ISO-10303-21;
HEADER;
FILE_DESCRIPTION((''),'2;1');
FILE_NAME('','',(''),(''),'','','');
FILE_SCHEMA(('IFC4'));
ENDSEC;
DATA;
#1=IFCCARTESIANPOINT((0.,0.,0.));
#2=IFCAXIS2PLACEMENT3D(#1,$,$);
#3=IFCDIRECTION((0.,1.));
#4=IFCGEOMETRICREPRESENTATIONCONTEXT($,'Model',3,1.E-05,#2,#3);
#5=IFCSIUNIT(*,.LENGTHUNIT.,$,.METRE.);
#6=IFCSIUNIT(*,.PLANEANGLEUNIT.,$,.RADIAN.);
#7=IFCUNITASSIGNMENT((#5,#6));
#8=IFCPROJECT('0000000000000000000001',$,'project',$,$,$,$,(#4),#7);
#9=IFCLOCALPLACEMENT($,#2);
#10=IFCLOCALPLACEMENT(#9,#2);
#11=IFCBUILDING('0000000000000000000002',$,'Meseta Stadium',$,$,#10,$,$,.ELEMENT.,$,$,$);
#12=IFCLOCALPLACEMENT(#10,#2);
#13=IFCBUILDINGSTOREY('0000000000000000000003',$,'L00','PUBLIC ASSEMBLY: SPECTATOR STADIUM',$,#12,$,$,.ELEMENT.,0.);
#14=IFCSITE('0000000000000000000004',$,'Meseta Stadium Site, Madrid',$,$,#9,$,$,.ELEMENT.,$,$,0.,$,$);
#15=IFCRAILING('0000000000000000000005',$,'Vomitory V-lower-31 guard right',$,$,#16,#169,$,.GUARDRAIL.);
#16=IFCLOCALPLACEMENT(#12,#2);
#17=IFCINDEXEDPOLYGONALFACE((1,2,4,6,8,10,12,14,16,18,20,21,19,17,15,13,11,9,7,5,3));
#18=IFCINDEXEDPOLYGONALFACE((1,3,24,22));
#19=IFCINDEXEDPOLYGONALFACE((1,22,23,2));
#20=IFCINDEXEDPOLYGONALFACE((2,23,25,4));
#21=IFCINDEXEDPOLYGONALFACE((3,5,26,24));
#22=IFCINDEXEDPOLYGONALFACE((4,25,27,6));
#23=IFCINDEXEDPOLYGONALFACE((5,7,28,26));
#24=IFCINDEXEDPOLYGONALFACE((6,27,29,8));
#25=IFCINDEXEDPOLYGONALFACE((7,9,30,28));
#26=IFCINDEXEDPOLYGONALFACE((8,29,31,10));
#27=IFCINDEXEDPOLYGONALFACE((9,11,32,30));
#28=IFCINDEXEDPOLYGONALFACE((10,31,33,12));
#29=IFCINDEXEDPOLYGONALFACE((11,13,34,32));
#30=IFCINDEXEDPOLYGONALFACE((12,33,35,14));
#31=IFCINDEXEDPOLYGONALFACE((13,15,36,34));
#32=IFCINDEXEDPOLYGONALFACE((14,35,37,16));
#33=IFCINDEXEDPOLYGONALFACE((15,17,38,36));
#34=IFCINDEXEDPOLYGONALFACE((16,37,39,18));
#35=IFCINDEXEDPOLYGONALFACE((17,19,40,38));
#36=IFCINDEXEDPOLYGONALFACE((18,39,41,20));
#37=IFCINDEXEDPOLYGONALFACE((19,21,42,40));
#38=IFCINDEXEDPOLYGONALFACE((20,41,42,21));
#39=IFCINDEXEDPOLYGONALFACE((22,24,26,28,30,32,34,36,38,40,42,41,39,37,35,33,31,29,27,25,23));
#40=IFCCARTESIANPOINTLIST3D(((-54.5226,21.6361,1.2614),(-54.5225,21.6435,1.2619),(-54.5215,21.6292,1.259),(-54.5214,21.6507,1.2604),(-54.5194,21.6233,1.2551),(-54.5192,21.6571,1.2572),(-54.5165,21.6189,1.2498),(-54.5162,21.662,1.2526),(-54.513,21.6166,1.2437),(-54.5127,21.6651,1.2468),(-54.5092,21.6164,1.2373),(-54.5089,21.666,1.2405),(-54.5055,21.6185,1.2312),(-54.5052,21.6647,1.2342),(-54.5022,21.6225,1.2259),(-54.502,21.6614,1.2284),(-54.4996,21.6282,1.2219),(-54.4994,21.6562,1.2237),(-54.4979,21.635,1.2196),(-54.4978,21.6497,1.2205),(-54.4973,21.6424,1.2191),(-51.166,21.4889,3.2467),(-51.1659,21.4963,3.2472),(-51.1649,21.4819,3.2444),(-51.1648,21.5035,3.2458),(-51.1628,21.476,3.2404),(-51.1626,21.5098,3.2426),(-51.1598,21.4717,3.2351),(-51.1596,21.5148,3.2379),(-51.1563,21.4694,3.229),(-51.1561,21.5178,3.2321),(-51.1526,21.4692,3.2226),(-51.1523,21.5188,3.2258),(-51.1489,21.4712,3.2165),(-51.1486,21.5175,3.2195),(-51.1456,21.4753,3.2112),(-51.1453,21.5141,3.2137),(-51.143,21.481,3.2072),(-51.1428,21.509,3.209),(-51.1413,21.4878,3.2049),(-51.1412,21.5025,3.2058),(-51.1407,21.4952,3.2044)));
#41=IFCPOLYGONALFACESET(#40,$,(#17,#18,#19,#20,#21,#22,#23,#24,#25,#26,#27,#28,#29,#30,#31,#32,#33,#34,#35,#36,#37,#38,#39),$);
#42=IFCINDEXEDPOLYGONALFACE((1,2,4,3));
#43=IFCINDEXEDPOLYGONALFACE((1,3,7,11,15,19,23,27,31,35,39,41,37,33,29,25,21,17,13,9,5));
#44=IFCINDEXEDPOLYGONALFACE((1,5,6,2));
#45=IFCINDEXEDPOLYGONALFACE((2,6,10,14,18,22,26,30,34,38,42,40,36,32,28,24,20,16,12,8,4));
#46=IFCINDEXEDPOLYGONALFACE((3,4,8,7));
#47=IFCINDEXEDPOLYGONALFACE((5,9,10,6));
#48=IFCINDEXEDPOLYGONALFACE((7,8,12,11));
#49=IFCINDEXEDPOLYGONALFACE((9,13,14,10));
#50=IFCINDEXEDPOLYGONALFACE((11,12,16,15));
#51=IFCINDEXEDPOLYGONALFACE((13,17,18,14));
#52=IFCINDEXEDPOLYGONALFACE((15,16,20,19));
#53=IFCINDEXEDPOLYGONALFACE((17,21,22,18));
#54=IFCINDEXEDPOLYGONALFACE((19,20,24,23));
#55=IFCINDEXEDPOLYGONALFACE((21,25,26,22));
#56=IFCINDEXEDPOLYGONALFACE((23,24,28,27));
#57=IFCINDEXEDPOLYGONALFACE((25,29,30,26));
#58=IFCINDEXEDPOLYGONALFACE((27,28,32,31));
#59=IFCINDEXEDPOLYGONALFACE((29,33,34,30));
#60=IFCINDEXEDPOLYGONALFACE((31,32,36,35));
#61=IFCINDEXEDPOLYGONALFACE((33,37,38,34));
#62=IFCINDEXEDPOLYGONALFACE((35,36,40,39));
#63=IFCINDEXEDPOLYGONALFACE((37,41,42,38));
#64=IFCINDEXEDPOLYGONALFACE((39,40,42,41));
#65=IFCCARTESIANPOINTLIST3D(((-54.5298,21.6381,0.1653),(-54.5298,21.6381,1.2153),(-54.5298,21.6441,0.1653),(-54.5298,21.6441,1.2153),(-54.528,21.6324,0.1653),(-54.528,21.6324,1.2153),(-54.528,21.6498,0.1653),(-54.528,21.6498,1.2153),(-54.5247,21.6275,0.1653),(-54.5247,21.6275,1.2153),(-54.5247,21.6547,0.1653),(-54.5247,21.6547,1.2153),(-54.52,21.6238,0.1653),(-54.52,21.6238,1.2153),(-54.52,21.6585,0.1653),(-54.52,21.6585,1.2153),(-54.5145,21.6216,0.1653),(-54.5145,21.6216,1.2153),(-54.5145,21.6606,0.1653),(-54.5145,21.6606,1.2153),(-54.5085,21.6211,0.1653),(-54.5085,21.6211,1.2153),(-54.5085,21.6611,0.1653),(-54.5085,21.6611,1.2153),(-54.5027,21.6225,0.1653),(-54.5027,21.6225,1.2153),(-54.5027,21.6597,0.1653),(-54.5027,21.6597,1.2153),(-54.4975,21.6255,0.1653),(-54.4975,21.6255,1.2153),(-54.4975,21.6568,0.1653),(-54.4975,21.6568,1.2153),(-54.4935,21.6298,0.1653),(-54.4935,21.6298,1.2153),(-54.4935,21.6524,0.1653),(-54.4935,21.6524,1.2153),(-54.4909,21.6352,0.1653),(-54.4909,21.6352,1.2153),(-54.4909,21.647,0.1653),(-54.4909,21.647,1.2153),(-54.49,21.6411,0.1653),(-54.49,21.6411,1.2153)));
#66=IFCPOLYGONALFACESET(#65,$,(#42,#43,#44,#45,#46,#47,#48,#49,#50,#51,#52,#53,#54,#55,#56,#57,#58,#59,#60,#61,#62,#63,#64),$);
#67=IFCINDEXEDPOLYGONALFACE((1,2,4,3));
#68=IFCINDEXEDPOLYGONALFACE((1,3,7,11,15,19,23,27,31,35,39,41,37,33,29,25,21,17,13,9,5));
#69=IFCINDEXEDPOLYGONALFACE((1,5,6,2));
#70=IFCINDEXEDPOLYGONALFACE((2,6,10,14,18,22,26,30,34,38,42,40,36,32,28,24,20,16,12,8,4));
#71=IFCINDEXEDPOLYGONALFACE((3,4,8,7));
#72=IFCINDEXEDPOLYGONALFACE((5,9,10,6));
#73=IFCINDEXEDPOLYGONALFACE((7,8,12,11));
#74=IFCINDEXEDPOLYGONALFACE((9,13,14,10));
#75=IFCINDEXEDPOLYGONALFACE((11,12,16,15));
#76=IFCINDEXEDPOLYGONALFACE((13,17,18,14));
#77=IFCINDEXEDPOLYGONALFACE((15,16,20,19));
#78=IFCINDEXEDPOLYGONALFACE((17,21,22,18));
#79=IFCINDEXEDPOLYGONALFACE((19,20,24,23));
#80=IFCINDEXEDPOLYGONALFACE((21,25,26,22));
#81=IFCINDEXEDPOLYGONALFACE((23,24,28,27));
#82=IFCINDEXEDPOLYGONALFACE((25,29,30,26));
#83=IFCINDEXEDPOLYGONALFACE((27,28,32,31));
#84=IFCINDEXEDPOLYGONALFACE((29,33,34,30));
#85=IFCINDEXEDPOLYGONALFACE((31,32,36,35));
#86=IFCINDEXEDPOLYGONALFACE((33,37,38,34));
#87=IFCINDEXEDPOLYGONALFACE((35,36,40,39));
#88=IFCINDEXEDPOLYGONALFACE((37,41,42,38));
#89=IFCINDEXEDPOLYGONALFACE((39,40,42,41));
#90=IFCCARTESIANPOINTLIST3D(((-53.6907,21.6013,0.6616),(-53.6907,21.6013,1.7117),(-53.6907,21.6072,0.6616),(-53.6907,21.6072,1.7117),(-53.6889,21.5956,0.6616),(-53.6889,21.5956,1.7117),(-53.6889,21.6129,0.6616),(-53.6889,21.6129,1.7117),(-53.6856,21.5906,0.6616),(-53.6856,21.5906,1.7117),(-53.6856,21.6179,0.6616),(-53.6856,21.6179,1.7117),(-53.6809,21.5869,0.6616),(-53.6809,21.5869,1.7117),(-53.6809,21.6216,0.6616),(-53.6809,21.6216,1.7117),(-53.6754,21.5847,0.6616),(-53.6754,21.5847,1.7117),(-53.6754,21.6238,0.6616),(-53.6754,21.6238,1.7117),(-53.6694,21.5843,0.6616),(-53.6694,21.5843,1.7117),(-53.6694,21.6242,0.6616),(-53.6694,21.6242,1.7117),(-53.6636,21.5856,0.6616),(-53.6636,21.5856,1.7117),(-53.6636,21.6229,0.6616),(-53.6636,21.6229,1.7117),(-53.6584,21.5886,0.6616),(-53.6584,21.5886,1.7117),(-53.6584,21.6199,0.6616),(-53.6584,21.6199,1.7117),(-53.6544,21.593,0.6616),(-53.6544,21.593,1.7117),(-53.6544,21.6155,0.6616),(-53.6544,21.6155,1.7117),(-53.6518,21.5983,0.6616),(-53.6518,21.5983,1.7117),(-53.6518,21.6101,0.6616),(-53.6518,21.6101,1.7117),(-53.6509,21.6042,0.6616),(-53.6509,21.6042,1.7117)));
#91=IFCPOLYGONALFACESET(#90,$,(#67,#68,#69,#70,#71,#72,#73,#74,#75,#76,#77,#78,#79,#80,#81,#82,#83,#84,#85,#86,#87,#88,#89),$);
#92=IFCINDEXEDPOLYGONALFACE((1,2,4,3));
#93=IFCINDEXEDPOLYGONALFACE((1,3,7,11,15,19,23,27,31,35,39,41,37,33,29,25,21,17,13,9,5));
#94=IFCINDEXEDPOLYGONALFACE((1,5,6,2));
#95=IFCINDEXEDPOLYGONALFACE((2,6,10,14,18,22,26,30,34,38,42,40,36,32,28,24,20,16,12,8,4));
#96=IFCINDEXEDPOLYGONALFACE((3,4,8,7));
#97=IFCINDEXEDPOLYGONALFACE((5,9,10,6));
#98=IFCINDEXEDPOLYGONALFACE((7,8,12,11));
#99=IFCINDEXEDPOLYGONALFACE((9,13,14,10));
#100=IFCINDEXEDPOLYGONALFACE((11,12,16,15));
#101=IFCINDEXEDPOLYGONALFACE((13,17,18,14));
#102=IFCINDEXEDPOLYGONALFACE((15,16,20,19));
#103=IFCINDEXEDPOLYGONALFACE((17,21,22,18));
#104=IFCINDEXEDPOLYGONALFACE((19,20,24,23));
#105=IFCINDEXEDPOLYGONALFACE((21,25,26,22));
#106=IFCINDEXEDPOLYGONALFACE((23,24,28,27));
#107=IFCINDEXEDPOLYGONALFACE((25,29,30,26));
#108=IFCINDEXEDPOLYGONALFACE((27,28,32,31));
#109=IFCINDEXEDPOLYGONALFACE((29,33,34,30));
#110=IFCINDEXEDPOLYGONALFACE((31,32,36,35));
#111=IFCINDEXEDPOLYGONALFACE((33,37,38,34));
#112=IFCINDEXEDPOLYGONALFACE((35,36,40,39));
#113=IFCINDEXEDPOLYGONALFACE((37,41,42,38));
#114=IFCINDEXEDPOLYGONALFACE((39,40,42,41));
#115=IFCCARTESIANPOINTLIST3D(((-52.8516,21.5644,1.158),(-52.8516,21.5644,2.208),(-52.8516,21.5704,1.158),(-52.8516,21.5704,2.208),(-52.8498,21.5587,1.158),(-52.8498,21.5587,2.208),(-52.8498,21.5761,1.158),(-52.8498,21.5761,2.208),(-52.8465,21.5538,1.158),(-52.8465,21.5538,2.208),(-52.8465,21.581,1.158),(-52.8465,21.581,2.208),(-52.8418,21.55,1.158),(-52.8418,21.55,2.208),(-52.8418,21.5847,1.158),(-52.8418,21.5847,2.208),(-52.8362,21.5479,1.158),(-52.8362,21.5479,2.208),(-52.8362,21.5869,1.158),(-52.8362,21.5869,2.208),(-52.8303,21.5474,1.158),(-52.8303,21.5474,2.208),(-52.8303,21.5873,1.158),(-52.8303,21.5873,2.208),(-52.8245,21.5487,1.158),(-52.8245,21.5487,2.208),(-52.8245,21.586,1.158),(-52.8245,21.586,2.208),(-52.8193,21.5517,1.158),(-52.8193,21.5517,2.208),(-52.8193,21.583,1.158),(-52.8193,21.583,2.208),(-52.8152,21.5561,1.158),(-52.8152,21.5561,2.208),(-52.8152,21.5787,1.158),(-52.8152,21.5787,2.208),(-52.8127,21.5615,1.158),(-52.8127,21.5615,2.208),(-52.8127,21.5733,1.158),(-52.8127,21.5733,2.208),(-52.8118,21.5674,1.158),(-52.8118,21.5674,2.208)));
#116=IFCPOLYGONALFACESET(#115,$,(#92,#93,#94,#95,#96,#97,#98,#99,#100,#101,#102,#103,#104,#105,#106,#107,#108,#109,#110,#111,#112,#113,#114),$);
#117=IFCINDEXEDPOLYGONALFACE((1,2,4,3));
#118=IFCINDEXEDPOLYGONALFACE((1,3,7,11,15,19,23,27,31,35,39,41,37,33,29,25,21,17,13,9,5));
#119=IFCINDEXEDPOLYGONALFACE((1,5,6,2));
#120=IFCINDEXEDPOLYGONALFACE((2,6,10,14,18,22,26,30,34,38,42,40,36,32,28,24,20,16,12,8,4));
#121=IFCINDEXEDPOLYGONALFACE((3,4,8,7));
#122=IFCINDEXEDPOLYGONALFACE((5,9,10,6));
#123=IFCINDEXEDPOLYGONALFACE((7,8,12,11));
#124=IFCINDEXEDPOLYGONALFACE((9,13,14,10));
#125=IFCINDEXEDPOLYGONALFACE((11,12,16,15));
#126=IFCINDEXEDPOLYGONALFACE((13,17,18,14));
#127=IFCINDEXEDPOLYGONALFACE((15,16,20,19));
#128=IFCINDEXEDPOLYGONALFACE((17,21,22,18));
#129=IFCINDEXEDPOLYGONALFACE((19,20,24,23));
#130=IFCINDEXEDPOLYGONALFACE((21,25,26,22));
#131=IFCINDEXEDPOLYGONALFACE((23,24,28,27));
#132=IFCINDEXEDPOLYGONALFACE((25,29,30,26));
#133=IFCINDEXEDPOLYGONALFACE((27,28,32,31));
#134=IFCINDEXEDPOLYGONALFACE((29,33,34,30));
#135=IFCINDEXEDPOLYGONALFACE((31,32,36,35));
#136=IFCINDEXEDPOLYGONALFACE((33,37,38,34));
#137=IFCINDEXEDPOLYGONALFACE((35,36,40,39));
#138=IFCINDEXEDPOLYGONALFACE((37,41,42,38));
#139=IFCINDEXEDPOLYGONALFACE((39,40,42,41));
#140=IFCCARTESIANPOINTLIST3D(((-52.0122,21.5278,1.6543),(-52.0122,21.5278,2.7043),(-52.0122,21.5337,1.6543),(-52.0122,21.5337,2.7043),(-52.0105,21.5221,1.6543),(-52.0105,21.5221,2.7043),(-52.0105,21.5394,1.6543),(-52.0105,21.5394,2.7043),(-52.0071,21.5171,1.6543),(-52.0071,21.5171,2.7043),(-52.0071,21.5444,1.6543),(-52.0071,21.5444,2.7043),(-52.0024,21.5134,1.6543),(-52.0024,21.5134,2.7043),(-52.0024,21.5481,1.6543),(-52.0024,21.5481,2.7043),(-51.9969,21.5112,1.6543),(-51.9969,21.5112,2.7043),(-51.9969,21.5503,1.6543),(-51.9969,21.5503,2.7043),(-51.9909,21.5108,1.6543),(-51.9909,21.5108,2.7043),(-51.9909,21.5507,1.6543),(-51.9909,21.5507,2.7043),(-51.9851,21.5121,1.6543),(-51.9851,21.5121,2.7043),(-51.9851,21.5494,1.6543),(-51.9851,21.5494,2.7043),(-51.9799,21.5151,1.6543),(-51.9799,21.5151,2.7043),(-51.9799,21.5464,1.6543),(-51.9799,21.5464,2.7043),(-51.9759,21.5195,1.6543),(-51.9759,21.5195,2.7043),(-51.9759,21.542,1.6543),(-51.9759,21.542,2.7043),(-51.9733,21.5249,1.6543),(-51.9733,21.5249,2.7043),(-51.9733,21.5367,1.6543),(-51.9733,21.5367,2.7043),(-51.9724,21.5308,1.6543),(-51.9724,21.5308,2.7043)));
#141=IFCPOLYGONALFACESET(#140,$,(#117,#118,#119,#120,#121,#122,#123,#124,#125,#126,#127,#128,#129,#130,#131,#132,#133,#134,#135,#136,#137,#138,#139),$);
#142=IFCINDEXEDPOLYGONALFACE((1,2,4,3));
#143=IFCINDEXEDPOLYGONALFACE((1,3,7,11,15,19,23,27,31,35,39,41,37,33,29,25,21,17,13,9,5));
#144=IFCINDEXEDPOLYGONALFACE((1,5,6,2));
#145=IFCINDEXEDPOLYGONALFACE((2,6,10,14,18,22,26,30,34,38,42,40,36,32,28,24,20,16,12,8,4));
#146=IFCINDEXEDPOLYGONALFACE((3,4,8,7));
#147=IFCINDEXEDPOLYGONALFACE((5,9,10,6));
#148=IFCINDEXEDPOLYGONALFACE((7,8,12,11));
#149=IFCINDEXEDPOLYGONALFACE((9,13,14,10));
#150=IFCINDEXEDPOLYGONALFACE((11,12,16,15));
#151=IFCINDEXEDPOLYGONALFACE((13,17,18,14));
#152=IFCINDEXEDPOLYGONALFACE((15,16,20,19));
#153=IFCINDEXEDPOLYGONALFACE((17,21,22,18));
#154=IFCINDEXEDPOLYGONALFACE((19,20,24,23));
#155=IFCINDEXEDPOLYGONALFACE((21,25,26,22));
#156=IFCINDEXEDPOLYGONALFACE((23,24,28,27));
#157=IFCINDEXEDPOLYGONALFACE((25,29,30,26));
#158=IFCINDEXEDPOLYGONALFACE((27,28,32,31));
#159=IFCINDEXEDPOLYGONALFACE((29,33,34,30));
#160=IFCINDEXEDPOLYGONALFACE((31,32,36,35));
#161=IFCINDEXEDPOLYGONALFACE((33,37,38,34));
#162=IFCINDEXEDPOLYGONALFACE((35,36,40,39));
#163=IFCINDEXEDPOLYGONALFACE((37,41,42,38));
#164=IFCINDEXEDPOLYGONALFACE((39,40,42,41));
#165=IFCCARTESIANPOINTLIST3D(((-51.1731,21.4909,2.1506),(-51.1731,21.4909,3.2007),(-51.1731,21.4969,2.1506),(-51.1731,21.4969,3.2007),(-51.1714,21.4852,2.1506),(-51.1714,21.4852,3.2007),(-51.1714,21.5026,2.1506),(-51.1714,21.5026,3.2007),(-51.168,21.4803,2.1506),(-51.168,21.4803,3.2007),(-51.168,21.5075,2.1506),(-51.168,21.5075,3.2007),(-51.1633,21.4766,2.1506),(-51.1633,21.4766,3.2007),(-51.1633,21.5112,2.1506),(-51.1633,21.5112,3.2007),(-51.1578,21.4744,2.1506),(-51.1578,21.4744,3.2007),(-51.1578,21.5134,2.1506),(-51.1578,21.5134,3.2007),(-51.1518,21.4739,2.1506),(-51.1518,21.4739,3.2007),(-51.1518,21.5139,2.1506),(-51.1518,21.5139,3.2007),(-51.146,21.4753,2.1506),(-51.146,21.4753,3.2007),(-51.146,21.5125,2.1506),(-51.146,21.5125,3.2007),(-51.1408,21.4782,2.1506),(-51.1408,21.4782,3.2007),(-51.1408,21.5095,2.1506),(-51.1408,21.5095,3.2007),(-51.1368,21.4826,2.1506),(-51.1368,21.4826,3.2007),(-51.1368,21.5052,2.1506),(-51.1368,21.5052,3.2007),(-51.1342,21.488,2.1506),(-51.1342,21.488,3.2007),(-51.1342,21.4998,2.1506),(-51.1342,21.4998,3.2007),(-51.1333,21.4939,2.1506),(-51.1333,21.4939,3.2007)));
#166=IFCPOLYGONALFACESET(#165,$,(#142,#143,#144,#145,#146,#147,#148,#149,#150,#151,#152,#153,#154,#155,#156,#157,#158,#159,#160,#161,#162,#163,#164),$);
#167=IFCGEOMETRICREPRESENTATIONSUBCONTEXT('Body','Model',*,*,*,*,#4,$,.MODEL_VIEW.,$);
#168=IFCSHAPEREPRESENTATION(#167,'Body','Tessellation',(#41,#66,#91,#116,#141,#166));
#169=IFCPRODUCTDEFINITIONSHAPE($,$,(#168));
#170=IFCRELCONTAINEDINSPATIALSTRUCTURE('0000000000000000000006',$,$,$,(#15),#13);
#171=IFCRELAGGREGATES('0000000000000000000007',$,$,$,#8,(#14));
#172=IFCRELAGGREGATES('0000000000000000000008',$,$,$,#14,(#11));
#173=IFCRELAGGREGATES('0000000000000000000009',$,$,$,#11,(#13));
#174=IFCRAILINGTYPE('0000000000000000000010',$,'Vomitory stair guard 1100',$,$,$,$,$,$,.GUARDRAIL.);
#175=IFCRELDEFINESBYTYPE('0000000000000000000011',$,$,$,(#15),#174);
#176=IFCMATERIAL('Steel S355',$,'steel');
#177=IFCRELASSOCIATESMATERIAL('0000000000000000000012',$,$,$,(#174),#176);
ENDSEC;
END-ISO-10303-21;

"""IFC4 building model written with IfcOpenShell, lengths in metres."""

from ifc_helpers import new_model, si_unit, direction, frame, origin, origin_2d, place, context, subcontext, project, spatial, circle, extrude, material, type_object, element, save


model = new_model("IFC4")

# Units and contexts
model_context = context("Model", 3, precision=1e-05, world=origin(), true_north=direction((0.0, 1.0)))
body_context = subcontext(model_context, "Body", "Model", "MODEL_VIEW")
ifc_project = project(units=[si_unit("LENGTHUNIT", "METRE"), si_unit("PLANEANGLEUNIT", "RADIAN")], contexts=[model_context])

# Site, building, storey
site_placement = place(None, origin())
site = spatial("IfcSite", under=ifc_project, at=site_placement, Name="Meseta Stadium Site, Madrid", CompositionType="ELEMENT", RefElevation=0.0)
building_placement = place(site_placement, origin())
building = spatial("IfcBuilding", under=site, at=building_placement, Name="Meseta Stadium", CompositionType="ELEMENT")
storey_placement = place(building_placement, origin())
storey = spatial("IfcBuildingStorey", under=building, at=storey_placement, Name="L00", Description="PUBLIC ASSEMBLY: SPECTATOR STADIUM", CompositionType="ELEMENT", Elevation=0.0)

# Railing
ifc_material_1 = material(Name="Steel S355", Category="steel")
railing_type_1 = type_object("IfcRailingType", Name="Vomitory stair guard 1100", PredefinedType="GUARDRAIL", material=ifc_material_1)
for number, where, name in (
    (1, (-54.51, 21.6411, 0.1653), "Vomitory V-lower-31 guard right"),
):
    element("IfcRailing", number, at=place(storey_placement, frame(where)), inside=storey, type_object=railing_type_1, Name=name, PredefinedType="GUARDRAIL", context=body_context, shape_type="SweptSolid", body=[
        extrude(circle(Radius=0.0249, at=origin_2d()), frame((0.0, 0.0, 1.0752), z_axis=(0.860106, -0.037722, 0.508719), x_axis=(0.043816, 0.99904, 0.0)), (0.0, 0.0, 1.0), 3.9026),
        extrude(circle(Radius=0.02, at=origin_2d()), origin(), (0.0, 0.0, 1.0), 1.05),
        extrude(circle(Radius=0.02, at=origin_2d()), frame((0.8391, -0.0369, 0.4963)), (0.0, 0.0, 1.0), 1.05),
        extrude(circle(Radius=0.02, at=origin_2d()), frame((1.6782, -0.0737, 0.9927)), (0.0, 0.0, 1.0), 1.05),
        extrude(circle(Radius=0.02, at=origin_2d()), frame((2.5176, -0.1104, 1.489)), (0.0, 0.0, 1.0), 1.05),
        extrude(circle(Radius=0.02, at=origin_2d()), frame((3.3567, -0.1472, 1.9854)), (0.0, 0.0, 1.0), 1.05),
    ])

save(model, "model.ifc")
